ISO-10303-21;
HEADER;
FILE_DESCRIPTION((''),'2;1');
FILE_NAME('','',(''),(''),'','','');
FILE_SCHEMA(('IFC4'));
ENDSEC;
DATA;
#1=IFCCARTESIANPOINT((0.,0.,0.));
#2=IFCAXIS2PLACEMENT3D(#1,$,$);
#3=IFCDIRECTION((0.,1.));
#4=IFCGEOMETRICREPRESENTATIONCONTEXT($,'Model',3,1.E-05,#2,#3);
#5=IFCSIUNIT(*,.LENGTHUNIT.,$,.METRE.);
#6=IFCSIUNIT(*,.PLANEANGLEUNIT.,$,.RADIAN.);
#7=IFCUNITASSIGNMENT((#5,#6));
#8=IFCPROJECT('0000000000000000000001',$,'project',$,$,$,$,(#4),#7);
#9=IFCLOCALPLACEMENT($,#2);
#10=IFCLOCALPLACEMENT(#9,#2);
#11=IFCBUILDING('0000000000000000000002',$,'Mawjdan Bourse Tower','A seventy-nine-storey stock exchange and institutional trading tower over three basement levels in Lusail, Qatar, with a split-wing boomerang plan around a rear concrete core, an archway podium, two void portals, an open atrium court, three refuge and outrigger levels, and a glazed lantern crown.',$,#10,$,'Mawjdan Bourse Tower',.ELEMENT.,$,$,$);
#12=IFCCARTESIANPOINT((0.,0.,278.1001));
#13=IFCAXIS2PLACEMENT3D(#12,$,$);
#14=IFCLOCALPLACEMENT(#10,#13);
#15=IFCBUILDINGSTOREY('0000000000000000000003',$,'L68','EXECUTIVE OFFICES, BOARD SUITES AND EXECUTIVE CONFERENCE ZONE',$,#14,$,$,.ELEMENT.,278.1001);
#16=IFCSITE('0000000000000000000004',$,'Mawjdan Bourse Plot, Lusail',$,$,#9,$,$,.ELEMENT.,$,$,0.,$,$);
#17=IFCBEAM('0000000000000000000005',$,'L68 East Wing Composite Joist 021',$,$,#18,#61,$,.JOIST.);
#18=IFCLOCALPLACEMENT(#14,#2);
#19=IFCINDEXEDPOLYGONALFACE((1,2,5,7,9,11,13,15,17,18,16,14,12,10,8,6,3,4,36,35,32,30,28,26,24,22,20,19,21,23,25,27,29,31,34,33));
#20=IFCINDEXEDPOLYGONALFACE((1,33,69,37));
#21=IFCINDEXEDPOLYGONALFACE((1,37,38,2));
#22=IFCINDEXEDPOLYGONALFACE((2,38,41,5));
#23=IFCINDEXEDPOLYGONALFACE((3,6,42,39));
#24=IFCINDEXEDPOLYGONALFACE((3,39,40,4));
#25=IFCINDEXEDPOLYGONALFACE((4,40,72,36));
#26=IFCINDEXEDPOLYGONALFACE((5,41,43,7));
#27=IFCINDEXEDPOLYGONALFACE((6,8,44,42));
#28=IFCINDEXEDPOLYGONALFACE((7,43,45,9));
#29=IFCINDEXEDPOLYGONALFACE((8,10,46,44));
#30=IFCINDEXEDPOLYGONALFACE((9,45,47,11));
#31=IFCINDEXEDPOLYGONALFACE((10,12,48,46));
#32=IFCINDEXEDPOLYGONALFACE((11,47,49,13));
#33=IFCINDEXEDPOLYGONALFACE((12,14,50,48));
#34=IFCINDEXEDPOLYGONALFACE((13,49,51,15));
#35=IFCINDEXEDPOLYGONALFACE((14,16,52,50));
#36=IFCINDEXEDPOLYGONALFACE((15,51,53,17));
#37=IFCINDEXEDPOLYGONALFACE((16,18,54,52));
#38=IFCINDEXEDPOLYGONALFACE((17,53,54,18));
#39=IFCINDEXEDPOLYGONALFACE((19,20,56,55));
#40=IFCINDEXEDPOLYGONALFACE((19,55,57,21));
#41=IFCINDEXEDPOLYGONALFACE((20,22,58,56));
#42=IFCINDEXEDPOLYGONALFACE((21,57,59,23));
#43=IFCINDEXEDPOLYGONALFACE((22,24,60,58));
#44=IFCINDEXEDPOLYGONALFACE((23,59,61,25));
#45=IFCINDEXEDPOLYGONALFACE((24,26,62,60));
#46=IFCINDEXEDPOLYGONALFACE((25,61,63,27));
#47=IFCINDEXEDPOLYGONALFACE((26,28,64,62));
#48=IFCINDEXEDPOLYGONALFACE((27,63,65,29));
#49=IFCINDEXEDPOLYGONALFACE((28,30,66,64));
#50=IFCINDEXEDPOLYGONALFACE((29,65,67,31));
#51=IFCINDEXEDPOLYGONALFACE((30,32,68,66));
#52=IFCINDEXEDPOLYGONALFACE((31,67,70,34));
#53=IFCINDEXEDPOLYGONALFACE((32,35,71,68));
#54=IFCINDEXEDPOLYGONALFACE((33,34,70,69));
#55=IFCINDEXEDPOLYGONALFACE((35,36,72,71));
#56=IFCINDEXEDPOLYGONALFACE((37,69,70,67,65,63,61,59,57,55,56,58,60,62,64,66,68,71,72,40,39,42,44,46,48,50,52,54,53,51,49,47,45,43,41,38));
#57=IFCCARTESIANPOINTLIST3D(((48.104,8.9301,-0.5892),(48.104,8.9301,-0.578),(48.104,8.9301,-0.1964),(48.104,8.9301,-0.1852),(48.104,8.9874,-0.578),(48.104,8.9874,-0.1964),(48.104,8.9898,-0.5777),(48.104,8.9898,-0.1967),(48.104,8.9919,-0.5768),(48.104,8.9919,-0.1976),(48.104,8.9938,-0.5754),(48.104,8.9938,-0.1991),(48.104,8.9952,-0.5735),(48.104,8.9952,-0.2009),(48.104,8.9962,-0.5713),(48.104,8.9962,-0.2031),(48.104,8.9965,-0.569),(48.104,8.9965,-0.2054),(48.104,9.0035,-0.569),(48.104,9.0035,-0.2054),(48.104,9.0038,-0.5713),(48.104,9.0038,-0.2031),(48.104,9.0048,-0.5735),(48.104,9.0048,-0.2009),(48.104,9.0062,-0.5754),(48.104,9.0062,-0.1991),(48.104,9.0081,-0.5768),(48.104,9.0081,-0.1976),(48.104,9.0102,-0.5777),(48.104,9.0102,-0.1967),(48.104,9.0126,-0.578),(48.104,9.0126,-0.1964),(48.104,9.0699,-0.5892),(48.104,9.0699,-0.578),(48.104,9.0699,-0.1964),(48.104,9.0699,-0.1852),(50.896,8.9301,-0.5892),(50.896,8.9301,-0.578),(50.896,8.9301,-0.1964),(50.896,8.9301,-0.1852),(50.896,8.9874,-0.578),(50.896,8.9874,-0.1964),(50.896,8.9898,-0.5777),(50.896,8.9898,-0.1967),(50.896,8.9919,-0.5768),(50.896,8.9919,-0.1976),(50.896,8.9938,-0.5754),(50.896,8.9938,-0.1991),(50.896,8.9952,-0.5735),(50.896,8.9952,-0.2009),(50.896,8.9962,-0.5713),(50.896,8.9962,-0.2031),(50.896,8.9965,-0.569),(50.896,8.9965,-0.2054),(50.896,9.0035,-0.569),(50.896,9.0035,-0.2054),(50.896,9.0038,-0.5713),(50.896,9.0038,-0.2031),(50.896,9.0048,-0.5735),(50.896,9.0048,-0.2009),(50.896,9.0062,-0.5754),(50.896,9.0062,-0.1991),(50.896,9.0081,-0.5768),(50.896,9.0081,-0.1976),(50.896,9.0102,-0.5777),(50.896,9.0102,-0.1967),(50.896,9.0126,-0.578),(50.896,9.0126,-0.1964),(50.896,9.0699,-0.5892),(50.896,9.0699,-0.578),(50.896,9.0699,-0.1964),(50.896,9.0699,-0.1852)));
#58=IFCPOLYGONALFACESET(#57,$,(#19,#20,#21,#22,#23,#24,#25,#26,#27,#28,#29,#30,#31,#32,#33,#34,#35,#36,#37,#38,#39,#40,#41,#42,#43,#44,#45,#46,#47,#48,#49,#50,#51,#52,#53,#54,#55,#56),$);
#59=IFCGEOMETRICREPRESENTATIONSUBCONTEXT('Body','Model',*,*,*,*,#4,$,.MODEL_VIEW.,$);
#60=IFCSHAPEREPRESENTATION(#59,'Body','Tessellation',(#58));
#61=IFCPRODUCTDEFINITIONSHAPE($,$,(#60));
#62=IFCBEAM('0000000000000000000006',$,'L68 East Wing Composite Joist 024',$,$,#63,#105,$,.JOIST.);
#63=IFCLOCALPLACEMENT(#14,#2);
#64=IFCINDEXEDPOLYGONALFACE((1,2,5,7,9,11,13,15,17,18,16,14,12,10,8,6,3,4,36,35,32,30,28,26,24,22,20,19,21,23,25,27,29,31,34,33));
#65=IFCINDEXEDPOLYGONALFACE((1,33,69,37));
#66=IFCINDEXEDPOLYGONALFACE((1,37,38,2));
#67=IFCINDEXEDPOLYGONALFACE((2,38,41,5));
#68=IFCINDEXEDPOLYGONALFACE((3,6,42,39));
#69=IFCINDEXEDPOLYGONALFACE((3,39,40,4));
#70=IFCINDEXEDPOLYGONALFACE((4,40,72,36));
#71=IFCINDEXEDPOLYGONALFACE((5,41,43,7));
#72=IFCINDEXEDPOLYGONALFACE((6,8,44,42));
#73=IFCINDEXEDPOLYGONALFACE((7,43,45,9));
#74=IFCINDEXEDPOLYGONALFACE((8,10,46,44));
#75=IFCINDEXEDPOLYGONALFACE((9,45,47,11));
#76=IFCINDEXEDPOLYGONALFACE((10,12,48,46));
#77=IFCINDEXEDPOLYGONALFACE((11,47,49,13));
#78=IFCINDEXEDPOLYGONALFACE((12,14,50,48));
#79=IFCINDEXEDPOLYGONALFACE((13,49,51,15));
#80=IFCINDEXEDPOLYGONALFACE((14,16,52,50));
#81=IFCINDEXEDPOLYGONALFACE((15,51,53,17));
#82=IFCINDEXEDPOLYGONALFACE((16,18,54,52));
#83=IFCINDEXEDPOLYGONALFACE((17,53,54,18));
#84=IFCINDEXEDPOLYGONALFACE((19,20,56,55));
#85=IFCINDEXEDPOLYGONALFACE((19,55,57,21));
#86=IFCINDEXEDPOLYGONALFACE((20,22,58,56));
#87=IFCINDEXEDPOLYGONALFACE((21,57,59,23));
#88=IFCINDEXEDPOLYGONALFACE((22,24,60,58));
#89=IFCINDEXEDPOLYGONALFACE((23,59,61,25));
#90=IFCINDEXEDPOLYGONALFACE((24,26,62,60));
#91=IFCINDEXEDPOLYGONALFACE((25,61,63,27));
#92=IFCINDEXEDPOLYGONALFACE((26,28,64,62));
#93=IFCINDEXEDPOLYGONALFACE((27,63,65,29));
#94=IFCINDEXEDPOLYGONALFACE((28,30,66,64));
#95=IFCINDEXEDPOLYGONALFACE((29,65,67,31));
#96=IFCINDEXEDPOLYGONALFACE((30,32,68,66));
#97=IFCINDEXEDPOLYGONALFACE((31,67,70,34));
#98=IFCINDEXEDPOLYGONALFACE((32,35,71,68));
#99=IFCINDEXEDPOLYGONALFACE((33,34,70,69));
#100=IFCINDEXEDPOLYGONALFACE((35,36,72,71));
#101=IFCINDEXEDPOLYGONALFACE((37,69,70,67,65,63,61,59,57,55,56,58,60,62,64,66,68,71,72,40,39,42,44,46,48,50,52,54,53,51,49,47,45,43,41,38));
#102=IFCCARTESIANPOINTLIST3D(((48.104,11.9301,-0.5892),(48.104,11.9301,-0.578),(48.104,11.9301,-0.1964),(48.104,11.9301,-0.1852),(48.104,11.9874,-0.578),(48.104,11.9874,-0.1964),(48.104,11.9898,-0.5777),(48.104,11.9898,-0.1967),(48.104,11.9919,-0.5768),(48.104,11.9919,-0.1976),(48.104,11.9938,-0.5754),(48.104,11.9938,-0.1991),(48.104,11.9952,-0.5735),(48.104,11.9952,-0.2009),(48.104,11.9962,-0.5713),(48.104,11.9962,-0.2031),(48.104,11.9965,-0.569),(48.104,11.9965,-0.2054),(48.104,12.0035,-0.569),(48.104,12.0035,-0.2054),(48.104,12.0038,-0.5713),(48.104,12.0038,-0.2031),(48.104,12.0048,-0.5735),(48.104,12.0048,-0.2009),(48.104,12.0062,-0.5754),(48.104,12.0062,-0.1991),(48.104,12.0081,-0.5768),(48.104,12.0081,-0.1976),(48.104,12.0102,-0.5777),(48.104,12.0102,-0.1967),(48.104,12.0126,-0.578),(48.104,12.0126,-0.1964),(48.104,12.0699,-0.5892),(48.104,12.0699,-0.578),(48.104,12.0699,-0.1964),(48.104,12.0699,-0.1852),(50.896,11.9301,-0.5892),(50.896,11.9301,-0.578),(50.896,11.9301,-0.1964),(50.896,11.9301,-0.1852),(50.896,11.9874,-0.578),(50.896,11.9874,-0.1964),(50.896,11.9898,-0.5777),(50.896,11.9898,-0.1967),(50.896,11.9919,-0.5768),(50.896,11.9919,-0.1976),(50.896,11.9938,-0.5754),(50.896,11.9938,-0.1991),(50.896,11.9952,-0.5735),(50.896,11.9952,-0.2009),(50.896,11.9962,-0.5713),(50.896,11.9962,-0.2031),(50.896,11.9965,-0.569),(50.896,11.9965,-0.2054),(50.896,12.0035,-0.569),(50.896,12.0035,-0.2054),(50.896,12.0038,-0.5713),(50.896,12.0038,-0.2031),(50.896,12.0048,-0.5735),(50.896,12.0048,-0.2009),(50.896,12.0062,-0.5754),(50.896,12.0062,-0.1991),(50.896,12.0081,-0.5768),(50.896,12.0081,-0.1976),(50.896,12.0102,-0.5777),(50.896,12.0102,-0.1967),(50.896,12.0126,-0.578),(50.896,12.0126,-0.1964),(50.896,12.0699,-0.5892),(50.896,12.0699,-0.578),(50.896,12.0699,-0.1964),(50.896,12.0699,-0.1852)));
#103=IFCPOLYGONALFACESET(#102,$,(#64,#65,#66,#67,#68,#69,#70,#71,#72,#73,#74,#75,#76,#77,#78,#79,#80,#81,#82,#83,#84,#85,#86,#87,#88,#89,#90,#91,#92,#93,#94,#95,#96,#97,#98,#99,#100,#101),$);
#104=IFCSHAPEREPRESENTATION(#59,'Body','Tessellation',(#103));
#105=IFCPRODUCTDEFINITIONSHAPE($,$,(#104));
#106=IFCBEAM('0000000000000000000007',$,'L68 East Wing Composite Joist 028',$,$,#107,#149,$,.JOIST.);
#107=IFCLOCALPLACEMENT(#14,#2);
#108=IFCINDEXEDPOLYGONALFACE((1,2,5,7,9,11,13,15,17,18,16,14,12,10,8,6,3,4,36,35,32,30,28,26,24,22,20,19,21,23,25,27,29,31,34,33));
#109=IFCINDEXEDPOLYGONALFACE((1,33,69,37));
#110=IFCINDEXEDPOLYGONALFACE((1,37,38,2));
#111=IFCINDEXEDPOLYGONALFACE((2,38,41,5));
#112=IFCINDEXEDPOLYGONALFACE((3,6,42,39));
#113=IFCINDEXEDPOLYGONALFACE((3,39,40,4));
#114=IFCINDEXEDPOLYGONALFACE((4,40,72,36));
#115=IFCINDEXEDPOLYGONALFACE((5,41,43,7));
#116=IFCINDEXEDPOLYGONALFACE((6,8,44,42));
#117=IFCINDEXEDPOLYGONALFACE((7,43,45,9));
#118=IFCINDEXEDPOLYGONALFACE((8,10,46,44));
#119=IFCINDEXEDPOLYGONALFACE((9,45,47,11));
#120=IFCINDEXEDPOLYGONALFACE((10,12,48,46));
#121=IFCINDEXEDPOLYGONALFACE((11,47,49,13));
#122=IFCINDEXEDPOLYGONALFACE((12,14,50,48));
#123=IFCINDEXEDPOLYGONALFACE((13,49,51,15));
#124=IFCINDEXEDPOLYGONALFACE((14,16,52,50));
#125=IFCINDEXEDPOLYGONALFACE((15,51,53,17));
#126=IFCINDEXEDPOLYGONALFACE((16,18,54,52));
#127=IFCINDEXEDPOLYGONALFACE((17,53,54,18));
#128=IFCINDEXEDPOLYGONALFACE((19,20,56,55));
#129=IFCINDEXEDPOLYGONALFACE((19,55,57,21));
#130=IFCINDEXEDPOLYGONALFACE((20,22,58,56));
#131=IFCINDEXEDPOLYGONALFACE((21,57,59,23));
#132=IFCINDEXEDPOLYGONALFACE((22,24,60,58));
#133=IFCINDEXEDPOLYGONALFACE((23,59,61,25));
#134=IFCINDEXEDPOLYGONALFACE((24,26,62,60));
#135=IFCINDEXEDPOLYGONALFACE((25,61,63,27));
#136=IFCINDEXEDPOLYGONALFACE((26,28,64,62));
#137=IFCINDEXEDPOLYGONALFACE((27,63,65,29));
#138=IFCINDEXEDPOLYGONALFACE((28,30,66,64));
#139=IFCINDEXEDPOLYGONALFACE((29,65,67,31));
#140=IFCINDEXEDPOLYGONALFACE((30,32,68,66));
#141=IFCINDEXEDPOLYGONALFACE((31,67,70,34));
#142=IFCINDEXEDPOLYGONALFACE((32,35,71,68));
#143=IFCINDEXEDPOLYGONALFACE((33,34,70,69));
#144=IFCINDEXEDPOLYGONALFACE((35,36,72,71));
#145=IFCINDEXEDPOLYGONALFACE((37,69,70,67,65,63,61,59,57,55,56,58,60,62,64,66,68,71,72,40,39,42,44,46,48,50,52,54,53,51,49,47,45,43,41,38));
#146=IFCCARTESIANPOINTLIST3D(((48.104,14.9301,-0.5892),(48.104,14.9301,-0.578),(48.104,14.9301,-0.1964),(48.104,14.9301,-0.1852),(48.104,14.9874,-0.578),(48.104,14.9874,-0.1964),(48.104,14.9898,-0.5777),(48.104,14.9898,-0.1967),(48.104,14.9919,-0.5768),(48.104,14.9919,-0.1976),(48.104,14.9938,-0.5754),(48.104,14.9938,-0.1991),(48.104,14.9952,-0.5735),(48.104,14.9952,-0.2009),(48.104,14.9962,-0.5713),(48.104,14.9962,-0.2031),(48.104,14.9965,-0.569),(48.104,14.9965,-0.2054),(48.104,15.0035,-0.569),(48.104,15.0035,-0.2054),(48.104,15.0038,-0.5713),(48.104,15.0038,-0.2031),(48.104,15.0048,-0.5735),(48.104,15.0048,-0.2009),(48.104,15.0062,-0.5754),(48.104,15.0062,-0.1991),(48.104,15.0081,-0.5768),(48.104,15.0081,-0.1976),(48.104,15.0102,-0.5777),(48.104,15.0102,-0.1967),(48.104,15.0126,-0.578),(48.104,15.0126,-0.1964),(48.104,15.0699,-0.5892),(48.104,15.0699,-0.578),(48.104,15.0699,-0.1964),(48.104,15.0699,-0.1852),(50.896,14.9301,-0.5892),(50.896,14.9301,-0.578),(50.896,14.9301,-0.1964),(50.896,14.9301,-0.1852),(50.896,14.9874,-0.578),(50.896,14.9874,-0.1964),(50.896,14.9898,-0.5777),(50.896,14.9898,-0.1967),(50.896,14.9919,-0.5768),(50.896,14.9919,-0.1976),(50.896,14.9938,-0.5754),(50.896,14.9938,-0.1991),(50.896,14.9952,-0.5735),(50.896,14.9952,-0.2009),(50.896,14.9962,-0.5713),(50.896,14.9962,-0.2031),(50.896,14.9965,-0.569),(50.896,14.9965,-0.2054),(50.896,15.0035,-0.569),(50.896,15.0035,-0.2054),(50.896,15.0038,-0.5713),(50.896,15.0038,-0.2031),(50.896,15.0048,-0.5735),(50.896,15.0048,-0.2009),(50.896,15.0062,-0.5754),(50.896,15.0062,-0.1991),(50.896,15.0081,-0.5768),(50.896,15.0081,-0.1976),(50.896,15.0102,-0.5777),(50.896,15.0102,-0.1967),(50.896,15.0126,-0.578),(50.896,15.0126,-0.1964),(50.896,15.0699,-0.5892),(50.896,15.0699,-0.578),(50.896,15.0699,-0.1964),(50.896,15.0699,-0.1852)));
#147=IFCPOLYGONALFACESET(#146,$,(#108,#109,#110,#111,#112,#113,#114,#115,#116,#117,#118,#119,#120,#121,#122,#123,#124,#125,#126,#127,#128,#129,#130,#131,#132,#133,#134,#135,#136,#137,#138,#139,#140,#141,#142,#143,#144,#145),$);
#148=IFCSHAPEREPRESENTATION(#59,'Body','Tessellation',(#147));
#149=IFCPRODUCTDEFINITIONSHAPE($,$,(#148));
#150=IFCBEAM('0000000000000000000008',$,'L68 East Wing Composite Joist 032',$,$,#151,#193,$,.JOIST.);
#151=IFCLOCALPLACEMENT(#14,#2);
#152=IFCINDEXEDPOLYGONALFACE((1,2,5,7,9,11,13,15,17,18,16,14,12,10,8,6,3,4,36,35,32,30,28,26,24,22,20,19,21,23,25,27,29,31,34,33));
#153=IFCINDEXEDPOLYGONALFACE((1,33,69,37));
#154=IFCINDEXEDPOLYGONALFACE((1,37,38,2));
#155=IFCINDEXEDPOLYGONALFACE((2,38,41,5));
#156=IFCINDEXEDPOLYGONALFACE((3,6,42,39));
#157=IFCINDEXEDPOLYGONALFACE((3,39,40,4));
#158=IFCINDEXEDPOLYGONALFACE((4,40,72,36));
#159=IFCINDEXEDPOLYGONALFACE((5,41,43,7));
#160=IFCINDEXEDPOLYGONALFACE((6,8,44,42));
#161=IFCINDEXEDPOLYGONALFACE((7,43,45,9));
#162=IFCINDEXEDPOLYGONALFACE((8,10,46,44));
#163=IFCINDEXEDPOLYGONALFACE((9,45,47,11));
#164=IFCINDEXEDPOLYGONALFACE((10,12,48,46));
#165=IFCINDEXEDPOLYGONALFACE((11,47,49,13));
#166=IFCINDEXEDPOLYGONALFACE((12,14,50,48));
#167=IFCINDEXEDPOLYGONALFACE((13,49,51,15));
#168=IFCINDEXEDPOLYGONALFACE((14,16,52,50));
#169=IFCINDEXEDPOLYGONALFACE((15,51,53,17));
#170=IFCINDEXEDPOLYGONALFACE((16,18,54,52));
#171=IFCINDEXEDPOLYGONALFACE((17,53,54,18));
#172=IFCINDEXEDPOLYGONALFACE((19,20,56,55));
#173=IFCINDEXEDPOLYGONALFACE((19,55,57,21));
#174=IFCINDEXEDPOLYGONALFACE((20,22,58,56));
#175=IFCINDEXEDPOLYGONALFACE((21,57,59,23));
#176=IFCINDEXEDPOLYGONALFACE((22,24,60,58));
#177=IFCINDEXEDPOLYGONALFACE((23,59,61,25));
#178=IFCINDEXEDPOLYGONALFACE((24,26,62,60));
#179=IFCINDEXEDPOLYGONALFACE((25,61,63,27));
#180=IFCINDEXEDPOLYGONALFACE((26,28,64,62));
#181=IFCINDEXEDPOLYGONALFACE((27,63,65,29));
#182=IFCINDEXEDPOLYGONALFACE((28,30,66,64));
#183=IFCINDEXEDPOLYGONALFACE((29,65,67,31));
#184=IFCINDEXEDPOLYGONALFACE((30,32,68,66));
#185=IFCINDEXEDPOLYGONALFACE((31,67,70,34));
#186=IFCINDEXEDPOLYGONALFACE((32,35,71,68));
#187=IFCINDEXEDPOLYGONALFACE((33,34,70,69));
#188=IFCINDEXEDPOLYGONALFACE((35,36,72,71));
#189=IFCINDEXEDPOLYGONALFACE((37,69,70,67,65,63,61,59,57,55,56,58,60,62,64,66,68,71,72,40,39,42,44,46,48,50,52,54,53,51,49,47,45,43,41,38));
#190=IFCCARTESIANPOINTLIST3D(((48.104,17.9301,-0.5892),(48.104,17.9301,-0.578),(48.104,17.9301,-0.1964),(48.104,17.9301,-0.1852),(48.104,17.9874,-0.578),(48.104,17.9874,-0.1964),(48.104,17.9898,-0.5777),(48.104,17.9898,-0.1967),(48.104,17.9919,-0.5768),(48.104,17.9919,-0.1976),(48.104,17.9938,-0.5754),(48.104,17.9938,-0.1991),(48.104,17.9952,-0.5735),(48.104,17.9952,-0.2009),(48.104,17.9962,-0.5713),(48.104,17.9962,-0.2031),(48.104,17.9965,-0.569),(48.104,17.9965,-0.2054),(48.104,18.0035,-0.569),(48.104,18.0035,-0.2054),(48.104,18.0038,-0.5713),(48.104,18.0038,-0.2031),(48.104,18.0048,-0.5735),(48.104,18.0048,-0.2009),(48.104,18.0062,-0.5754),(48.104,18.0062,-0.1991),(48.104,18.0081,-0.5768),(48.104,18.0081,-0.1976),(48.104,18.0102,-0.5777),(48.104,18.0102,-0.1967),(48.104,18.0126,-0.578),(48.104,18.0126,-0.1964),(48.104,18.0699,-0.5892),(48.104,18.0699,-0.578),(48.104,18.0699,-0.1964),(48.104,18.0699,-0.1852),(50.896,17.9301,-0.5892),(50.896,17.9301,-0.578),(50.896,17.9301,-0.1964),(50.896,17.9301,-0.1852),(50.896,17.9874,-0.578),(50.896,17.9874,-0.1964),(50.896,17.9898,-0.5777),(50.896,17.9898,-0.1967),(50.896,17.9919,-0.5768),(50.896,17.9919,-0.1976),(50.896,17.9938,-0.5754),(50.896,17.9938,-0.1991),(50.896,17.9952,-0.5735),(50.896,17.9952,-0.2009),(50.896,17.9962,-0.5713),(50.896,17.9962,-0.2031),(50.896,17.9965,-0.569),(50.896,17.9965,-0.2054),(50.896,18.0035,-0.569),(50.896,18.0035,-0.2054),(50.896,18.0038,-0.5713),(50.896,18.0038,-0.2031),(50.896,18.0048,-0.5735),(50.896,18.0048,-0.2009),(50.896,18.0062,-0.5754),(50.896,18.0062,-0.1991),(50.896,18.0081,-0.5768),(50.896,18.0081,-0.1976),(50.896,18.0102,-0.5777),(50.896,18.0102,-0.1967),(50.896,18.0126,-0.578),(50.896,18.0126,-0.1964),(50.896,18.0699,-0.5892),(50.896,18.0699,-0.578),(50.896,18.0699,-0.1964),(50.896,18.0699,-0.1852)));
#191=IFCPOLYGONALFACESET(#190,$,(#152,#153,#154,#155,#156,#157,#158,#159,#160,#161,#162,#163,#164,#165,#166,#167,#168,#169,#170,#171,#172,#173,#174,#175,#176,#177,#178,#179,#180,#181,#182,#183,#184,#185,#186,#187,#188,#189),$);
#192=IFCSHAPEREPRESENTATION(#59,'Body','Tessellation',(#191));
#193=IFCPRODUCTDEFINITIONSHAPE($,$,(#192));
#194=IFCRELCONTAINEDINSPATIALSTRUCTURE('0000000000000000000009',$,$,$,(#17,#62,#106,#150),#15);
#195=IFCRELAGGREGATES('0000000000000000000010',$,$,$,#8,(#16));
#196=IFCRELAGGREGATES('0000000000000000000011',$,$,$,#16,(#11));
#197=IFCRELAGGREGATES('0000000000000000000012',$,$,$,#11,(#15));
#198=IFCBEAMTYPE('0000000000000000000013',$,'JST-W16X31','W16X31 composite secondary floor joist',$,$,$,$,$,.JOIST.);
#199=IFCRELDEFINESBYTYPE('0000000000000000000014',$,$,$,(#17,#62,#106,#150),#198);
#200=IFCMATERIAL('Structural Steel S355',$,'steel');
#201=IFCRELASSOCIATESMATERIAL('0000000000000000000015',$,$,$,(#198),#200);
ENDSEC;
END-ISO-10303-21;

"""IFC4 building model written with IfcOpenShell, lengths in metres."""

from ifc_helpers import new_model, si_unit, direction, frame, origin, origin_2d, place, context, subcontext, project, spatial, i_section, extrude, material, material_profile, profile_set, type_object, element, save


model = new_model("IFC4")

# Units and contexts
model_context = context("Model", 3, precision=1e-05, world=origin(), true_north=direction((0.0, 1.0)))
body_context = subcontext(model_context, "Body", "Model", "MODEL_VIEW")
ifc_project = project(units=[si_unit("LENGTHUNIT", "METRE"), si_unit("PLANEANGLEUNIT", "RADIAN")], contexts=[model_context])

# Site, building, storey
site_placement = place(None, origin())
site = spatial("IfcSite", under=ifc_project, at=site_placement, Name="Mawjdan Bourse Plot, Lusail", CompositionType="ELEMENT", RefElevation=0.0)
building_placement = place(site_placement, origin())
building = spatial("IfcBuilding", under=site, at=building_placement, Name="Mawjdan Bourse Tower", Description="A seventy-nine-storey stock exchange and institutional trading tower over three basement levels in Lusail, Qatar, with a split-wing boomerang plan around a rear concrete core, an archway podium, two void portals, an open atrium court, three refuge and outrigger levels, and a glazed lantern crown.", LongName="Mawjdan Bourse Tower", CompositionType="ELEMENT")
storey_placement = place(building_placement, frame((0.0, 0.0, 278.1001)))
storey = spatial("IfcBuildingStorey", under=building, at=storey_placement, Name="L68", Description="EXECUTIVE OFFICES, BOARD SUITES AND EXECUTIVE CONFERENCE ZONE", CompositionType="ELEMENT", Elevation=278.1001)

# Beams
ifc_material_1 = material(Name="Structural Steel S355", Category="steel")
ifc_material_profile_1 = material_profile(ifc_material_1, i_section(OverallWidth=0.1399, OverallDepth=0.4041, WebThickness=0.0071, FlangeThickness=0.0112, FilletRadius=0.009, at=origin_2d()), Name="W16X31")
ifc_profile_set_1 = profile_set([ifc_material_profile_1], Name="Structural Steel S355")
beam_type_1 = type_object("IfcBeamType", Name="JST-W16X31", Description="W16X31 composite secondary floor joist", PredefinedType="JOIST", material=ifc_profile_set_1)
for number, where, z_axis, x_axis, name in (
    (1, (48.104, 9.0, -0.3872), (1.0, 0.0, 0.0), (0.0, 1.0, 0.0), "L68 East Wing Composite Joist 021"),
    (2, (48.104, 12.0, -0.3872), (1.0, 0.0, 0.0), (0.0, 1.0, 0.0), "L68 East Wing Composite Joist 024"),
    (3, (48.104, 15.0, -0.3872), (1.0, 0.0, 0.0), (0.0, 1.0, 0.0), "L68 East Wing Composite Joist 028"),
    (4, (48.104, 18.0, -0.3872), (1.0, 0.0, 0.0), (0.0, 1.0, 0.0), "L68 East Wing Composite Joist 032"),
):
    element("IfcBeam", number, at=place(storey_placement, frame(where, z_axis=z_axis, x_axis=x_axis)), inside=storey, type_object=beam_type_1, Name=name, PredefinedType="JOIST", context=body_context, shape_type="SweptSolid", body=[
        extrude(i_section(OverallWidth=0.1399, OverallDepth=0.4041, WebThickness=0.0071, FlangeThickness=0.0112, FilletRadius=0.009, at=origin_2d()), origin(), (0.0, 0.0, 1.0), 2.792),
    ])

save(model, "model.ifc")
